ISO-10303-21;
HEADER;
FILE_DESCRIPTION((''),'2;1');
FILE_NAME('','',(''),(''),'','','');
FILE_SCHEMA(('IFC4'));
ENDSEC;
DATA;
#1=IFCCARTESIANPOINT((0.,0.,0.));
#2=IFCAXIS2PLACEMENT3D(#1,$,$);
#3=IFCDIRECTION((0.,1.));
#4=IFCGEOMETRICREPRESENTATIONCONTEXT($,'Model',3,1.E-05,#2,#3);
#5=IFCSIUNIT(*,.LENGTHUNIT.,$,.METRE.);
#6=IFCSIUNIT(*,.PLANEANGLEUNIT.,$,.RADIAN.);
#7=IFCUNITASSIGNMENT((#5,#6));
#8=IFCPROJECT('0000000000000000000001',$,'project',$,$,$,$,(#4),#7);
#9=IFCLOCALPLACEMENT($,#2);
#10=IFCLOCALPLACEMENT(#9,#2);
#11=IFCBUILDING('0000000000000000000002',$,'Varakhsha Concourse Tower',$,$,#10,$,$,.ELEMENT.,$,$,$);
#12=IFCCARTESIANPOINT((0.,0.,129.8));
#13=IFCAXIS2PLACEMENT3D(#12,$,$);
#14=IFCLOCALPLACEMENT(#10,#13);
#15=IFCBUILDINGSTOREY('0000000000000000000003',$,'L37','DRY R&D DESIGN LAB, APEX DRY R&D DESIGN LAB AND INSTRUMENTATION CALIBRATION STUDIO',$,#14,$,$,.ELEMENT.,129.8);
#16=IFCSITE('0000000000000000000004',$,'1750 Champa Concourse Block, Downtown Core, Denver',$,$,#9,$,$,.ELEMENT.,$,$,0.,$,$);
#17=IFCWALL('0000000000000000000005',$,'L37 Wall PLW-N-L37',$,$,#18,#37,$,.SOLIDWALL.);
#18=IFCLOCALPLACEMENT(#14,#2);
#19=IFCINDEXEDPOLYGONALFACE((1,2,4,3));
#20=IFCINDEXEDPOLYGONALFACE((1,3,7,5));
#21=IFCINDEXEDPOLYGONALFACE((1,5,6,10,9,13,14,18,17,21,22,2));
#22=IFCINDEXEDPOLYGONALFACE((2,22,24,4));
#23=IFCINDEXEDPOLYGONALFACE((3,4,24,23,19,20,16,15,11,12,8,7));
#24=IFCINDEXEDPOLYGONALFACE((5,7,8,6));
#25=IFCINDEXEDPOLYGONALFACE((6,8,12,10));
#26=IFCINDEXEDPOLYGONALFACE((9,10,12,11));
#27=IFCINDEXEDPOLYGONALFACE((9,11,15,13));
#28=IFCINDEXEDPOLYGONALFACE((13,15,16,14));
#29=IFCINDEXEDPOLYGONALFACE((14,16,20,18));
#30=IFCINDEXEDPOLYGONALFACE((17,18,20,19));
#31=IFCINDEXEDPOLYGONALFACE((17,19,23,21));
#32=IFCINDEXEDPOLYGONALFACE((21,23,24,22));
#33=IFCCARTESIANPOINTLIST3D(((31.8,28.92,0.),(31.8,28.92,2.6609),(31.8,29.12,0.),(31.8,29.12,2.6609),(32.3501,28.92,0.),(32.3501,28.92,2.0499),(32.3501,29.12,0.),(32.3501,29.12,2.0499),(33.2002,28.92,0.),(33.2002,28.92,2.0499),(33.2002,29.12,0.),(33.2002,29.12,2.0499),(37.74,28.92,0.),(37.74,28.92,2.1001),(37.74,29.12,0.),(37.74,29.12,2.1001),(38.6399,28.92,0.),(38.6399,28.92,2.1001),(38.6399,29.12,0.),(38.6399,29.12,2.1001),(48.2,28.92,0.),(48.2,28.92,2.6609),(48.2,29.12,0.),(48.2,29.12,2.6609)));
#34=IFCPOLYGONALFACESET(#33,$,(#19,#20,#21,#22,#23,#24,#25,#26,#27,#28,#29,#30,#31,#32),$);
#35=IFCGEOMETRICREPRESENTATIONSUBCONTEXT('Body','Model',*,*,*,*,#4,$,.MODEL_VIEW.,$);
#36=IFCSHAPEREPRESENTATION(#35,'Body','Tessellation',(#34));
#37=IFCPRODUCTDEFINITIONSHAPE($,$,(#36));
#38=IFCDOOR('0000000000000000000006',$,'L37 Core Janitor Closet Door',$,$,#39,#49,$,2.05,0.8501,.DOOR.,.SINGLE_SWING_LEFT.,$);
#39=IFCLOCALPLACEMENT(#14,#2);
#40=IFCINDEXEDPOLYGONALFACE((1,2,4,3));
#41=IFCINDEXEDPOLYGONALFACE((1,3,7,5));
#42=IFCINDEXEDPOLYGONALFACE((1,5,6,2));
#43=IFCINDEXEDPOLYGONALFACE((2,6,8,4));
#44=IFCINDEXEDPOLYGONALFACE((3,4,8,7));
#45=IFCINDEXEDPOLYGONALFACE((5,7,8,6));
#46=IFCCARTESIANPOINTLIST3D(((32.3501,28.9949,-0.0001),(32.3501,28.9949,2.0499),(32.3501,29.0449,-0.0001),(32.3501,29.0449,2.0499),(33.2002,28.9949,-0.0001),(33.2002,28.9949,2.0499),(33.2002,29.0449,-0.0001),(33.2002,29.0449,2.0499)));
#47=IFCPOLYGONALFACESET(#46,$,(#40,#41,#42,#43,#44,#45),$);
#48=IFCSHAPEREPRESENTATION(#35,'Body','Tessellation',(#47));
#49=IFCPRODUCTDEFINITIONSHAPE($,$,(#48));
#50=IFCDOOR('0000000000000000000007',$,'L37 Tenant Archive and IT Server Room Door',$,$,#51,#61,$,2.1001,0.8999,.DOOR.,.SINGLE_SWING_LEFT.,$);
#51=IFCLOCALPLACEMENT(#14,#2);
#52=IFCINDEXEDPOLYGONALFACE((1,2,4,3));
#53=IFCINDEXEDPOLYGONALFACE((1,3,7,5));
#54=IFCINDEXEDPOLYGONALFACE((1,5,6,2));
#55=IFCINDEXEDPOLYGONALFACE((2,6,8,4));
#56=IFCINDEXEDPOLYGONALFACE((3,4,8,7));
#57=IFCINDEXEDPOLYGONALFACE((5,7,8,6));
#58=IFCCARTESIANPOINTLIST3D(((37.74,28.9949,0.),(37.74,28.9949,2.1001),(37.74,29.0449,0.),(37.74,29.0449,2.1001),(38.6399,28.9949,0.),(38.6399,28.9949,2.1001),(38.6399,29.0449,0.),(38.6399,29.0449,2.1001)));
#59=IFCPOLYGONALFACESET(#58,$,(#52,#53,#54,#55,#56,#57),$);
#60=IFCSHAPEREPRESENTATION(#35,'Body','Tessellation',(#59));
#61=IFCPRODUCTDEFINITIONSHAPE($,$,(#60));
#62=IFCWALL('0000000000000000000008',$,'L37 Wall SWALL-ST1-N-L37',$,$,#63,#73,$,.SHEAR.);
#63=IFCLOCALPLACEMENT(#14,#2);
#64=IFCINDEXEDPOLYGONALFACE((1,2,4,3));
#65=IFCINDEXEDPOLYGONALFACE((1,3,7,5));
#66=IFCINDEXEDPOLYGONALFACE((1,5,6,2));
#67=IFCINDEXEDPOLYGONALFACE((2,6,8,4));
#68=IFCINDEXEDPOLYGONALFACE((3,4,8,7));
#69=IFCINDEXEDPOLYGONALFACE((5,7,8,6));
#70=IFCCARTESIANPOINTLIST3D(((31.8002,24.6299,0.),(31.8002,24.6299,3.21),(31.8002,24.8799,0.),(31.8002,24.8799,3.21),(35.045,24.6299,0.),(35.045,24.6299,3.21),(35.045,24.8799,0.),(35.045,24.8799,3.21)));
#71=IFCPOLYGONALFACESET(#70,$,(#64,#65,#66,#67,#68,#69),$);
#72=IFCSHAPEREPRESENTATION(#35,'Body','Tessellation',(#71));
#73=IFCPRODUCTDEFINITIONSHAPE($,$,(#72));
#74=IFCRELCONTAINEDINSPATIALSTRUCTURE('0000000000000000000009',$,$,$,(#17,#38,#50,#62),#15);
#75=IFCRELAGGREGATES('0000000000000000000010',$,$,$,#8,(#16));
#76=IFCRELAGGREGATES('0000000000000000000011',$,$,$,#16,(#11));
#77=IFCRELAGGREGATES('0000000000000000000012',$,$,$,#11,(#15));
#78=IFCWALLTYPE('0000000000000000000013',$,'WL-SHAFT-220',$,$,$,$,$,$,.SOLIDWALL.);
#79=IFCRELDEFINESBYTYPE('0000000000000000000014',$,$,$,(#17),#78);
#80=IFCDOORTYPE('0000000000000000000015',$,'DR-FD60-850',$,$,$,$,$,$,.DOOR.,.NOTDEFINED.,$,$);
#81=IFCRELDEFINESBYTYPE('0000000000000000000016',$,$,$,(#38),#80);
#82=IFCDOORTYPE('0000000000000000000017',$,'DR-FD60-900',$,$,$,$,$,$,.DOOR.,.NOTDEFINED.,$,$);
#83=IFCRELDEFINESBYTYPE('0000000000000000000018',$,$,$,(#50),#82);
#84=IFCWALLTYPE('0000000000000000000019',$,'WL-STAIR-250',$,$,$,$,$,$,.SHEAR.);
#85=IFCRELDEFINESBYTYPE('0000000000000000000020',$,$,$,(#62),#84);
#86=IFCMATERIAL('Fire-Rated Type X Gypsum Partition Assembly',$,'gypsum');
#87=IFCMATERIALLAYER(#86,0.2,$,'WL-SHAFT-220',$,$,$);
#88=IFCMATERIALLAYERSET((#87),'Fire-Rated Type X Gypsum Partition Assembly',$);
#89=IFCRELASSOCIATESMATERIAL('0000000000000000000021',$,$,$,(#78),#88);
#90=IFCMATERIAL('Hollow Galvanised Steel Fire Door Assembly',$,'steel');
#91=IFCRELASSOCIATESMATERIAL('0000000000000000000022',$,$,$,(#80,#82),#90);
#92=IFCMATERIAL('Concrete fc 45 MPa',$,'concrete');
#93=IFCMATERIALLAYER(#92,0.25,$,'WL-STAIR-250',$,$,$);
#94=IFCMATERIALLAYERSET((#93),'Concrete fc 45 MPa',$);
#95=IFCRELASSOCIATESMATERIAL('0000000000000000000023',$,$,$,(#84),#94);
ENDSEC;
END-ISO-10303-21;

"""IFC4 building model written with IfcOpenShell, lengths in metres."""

from ifc_helpers import new_model, si_unit, direction, frame, frame_2d, origin, place, context, subcontext, project, spatial, rectangle, extrude, material, layer, layer_set, type_object, element, fill, save


model = new_model("IFC4")

# Units and contexts
model_context = context("Model", 3, precision=1e-05, world=origin(), true_north=direction((0.0, 1.0)))
body_context = subcontext(model_context, "Body", "Model", "MODEL_VIEW")
ifc_project = project(units=[si_unit("LENGTHUNIT", "METRE"), si_unit("PLANEANGLEUNIT", "RADIAN")], contexts=[model_context])

# Site, building, storey
site_placement = place(None, origin())
site = spatial("IfcSite", under=ifc_project, at=site_placement, Name="1750 Champa Concourse Block, Downtown Core, Denver", CompositionType="ELEMENT", RefElevation=0.0)
building_placement = place(site_placement, origin())
building = spatial("IfcBuilding", under=site, at=building_placement, Name="Varakhsha Concourse Tower", CompositionType="ELEMENT")
storey_placement = place(building_placement, frame((0.0, 0.0, 129.8)))
storey = spatial("IfcBuildingStorey", under=building, at=storey_placement, Name="L37", Description="DRY R&D DESIGN LAB, APEX DRY R&D DESIGN LAB AND INSTRUMENTATION CALIBRATION STUDIO", CompositionType="ELEMENT", Elevation=129.8)

# Shared definitions
ifc_material_1 = material(Name="Fire-Rated Type X Gypsum Partition Assembly", Category="gypsum")
ifc_material_2 = material(Name="Hollow Galvanised Steel Fire Door Assembly", Category="steel")

# Wall, openings, doors
ifc_layer_1 = layer(ifc_material_1, 0.2, Name="WL-SHAFT-220")
ifc_layer_set_1 = layer_set([ifc_layer_1], Name="Fire-Rated Type X Gypsum Partition Assembly")
wall_type_1 = type_object("IfcWallType", Name="WL-SHAFT-220", PredefinedType="SOLIDWALL", material=ifc_layer_set_1)
wall_1_placement = place(storey_placement, frame((31.8, 29.02, 0.0), z_axis=(0.0, 0.0, 1.0), x_axis=(1.0, 0.0, 0.0)))
wall_1 = element("IfcWall", 1, at=wall_1_placement, inside=storey, type_object=wall_type_1, Name="L37 Wall PLW-N-L37", PredefinedType="SOLIDWALL", context=body_context, shape_type="SweptSolid", body=[
    extrude(rectangle(XDim=16.3999, YDim=0.2, at=frame_2d((8.2, 0.0))), origin(), (0.0, 0.0, 1.0), 2.6609),
])
opening_1_placement = place(wall_1_placement, frame((0.55, 0.0, 0.0)))
opening_1 = element("IfcOpeningElement", 2, at=opening_1_placement, cuts=wall_1, PredefinedType="OPENING", context=body_context, shape_type="SweptSolid", body=[
    extrude(rectangle(XDim=0.8501, YDim=2.05, at=frame_2d((0.425, 1.0249))), frame((0.0, 0.1099, 0.0), z_axis=(0.0, -1.0, 0.0), x_axis=(1.0, 0.0, 0.0)), (0.0, 0.0, 1.0), 0.22),
])
opening_2_placement = place(wall_1_placement, frame((5.9399, 0.0, 0.0)))
opening_2 = element("IfcOpeningElement", 3, at=opening_2_placement, cuts=wall_1, PredefinedType="OPENING", context=body_context, shape_type="SweptSolid", body=[
    extrude(rectangle(XDim=0.8999, YDim=2.1001, at=frame_2d((0.45, 1.05))), frame((0.0, 0.1099, 0.0), z_axis=(0.0, -1.0, 0.0), x_axis=(1.0, 0.0, 0.0)), (0.0, 0.0, 1.0), 0.22),
])
door_type_1 = type_object("IfcDoorType", Name="DR-FD60-850", OperationType="NOTDEFINED", PredefinedType="DOOR", material=ifc_material_2)
door_1_placement = place(opening_1_placement, origin())
door_1 = element("IfcDoor", 4, at=door_1_placement, inside=storey, type_object=door_type_1, Name="L37 Core Janitor Closet Door", OperationType="SINGLE_SWING_LEFT", OverallHeight=2.05, OverallWidth=0.8501, PredefinedType="DOOR", context=body_context, shape_type="SweptSolid", body=[
    extrude(rectangle(XDim=0.8501, YDim=2.05, at=frame_2d((0.425, 1.0249))), frame((0.0, 0.0249, 0.0), z_axis=(0.0, -1.0, 0.0), x_axis=(1.0, 0.0, 0.0)), (0.0, 0.0, 1.0), 0.05),
])
fill(opening_1, door_1)
door_type_2 = type_object("IfcDoorType", Name="DR-FD60-900", OperationType="NOTDEFINED", PredefinedType="DOOR", material=ifc_material_2)
door_2_placement = place(opening_2_placement, origin())
door_2 = element("IfcDoor", 5, at=door_2_placement, inside=storey, type_object=door_type_2, Name="L37 Tenant Archive and IT Server Room Door", OperationType="SINGLE_SWING_LEFT", OverallHeight=2.1001, OverallWidth=0.8999, PredefinedType="DOOR", context=body_context, shape_type="SweptSolid", body=[
    extrude(rectangle(XDim=0.8999, YDim=2.1001, at=frame_2d((0.45, 1.05))), frame((0.0, 0.0249, 0.0), z_axis=(0.0, -1.0, 0.0), x_axis=(1.0, 0.0, 0.0)), (0.0, 0.0, 1.0), 0.05),
])
fill(opening_2, door_2)

# Wall
ifc_material_3 = material(Name="Concrete fc 45 MPa", Category="concrete")
ifc_layer_2 = layer(ifc_material_3, 0.25, Name="WL-STAIR-250")
ifc_layer_set_2 = layer_set([ifc_layer_2], Name="Concrete fc 45 MPa")
wall_type_2 = type_object("IfcWallType", Name="WL-STAIR-250", PredefinedType="SHEAR", material=ifc_layer_set_2)
wall_2_placement = place(storey_placement, frame((31.8, 24.7549, 0.0), z_axis=(0.0, 0.0, 1.0), x_axis=(1.0, 0.0, 0.0)))
element("IfcWall", 6, at=wall_2_placement, inside=storey, type_object=wall_type_2, Name="L37 Wall SWALL-ST1-N-L37", PredefinedType="SHEAR", context=body_context, shape_type="SweptSolid", body=[
    extrude(rectangle(XDim=3.2449, YDim=0.25, at=frame_2d((1.6226, 0.0))), origin(), (0.0, 0.0, 1.0), 3.21),
])

save(model, "model.ifc")
